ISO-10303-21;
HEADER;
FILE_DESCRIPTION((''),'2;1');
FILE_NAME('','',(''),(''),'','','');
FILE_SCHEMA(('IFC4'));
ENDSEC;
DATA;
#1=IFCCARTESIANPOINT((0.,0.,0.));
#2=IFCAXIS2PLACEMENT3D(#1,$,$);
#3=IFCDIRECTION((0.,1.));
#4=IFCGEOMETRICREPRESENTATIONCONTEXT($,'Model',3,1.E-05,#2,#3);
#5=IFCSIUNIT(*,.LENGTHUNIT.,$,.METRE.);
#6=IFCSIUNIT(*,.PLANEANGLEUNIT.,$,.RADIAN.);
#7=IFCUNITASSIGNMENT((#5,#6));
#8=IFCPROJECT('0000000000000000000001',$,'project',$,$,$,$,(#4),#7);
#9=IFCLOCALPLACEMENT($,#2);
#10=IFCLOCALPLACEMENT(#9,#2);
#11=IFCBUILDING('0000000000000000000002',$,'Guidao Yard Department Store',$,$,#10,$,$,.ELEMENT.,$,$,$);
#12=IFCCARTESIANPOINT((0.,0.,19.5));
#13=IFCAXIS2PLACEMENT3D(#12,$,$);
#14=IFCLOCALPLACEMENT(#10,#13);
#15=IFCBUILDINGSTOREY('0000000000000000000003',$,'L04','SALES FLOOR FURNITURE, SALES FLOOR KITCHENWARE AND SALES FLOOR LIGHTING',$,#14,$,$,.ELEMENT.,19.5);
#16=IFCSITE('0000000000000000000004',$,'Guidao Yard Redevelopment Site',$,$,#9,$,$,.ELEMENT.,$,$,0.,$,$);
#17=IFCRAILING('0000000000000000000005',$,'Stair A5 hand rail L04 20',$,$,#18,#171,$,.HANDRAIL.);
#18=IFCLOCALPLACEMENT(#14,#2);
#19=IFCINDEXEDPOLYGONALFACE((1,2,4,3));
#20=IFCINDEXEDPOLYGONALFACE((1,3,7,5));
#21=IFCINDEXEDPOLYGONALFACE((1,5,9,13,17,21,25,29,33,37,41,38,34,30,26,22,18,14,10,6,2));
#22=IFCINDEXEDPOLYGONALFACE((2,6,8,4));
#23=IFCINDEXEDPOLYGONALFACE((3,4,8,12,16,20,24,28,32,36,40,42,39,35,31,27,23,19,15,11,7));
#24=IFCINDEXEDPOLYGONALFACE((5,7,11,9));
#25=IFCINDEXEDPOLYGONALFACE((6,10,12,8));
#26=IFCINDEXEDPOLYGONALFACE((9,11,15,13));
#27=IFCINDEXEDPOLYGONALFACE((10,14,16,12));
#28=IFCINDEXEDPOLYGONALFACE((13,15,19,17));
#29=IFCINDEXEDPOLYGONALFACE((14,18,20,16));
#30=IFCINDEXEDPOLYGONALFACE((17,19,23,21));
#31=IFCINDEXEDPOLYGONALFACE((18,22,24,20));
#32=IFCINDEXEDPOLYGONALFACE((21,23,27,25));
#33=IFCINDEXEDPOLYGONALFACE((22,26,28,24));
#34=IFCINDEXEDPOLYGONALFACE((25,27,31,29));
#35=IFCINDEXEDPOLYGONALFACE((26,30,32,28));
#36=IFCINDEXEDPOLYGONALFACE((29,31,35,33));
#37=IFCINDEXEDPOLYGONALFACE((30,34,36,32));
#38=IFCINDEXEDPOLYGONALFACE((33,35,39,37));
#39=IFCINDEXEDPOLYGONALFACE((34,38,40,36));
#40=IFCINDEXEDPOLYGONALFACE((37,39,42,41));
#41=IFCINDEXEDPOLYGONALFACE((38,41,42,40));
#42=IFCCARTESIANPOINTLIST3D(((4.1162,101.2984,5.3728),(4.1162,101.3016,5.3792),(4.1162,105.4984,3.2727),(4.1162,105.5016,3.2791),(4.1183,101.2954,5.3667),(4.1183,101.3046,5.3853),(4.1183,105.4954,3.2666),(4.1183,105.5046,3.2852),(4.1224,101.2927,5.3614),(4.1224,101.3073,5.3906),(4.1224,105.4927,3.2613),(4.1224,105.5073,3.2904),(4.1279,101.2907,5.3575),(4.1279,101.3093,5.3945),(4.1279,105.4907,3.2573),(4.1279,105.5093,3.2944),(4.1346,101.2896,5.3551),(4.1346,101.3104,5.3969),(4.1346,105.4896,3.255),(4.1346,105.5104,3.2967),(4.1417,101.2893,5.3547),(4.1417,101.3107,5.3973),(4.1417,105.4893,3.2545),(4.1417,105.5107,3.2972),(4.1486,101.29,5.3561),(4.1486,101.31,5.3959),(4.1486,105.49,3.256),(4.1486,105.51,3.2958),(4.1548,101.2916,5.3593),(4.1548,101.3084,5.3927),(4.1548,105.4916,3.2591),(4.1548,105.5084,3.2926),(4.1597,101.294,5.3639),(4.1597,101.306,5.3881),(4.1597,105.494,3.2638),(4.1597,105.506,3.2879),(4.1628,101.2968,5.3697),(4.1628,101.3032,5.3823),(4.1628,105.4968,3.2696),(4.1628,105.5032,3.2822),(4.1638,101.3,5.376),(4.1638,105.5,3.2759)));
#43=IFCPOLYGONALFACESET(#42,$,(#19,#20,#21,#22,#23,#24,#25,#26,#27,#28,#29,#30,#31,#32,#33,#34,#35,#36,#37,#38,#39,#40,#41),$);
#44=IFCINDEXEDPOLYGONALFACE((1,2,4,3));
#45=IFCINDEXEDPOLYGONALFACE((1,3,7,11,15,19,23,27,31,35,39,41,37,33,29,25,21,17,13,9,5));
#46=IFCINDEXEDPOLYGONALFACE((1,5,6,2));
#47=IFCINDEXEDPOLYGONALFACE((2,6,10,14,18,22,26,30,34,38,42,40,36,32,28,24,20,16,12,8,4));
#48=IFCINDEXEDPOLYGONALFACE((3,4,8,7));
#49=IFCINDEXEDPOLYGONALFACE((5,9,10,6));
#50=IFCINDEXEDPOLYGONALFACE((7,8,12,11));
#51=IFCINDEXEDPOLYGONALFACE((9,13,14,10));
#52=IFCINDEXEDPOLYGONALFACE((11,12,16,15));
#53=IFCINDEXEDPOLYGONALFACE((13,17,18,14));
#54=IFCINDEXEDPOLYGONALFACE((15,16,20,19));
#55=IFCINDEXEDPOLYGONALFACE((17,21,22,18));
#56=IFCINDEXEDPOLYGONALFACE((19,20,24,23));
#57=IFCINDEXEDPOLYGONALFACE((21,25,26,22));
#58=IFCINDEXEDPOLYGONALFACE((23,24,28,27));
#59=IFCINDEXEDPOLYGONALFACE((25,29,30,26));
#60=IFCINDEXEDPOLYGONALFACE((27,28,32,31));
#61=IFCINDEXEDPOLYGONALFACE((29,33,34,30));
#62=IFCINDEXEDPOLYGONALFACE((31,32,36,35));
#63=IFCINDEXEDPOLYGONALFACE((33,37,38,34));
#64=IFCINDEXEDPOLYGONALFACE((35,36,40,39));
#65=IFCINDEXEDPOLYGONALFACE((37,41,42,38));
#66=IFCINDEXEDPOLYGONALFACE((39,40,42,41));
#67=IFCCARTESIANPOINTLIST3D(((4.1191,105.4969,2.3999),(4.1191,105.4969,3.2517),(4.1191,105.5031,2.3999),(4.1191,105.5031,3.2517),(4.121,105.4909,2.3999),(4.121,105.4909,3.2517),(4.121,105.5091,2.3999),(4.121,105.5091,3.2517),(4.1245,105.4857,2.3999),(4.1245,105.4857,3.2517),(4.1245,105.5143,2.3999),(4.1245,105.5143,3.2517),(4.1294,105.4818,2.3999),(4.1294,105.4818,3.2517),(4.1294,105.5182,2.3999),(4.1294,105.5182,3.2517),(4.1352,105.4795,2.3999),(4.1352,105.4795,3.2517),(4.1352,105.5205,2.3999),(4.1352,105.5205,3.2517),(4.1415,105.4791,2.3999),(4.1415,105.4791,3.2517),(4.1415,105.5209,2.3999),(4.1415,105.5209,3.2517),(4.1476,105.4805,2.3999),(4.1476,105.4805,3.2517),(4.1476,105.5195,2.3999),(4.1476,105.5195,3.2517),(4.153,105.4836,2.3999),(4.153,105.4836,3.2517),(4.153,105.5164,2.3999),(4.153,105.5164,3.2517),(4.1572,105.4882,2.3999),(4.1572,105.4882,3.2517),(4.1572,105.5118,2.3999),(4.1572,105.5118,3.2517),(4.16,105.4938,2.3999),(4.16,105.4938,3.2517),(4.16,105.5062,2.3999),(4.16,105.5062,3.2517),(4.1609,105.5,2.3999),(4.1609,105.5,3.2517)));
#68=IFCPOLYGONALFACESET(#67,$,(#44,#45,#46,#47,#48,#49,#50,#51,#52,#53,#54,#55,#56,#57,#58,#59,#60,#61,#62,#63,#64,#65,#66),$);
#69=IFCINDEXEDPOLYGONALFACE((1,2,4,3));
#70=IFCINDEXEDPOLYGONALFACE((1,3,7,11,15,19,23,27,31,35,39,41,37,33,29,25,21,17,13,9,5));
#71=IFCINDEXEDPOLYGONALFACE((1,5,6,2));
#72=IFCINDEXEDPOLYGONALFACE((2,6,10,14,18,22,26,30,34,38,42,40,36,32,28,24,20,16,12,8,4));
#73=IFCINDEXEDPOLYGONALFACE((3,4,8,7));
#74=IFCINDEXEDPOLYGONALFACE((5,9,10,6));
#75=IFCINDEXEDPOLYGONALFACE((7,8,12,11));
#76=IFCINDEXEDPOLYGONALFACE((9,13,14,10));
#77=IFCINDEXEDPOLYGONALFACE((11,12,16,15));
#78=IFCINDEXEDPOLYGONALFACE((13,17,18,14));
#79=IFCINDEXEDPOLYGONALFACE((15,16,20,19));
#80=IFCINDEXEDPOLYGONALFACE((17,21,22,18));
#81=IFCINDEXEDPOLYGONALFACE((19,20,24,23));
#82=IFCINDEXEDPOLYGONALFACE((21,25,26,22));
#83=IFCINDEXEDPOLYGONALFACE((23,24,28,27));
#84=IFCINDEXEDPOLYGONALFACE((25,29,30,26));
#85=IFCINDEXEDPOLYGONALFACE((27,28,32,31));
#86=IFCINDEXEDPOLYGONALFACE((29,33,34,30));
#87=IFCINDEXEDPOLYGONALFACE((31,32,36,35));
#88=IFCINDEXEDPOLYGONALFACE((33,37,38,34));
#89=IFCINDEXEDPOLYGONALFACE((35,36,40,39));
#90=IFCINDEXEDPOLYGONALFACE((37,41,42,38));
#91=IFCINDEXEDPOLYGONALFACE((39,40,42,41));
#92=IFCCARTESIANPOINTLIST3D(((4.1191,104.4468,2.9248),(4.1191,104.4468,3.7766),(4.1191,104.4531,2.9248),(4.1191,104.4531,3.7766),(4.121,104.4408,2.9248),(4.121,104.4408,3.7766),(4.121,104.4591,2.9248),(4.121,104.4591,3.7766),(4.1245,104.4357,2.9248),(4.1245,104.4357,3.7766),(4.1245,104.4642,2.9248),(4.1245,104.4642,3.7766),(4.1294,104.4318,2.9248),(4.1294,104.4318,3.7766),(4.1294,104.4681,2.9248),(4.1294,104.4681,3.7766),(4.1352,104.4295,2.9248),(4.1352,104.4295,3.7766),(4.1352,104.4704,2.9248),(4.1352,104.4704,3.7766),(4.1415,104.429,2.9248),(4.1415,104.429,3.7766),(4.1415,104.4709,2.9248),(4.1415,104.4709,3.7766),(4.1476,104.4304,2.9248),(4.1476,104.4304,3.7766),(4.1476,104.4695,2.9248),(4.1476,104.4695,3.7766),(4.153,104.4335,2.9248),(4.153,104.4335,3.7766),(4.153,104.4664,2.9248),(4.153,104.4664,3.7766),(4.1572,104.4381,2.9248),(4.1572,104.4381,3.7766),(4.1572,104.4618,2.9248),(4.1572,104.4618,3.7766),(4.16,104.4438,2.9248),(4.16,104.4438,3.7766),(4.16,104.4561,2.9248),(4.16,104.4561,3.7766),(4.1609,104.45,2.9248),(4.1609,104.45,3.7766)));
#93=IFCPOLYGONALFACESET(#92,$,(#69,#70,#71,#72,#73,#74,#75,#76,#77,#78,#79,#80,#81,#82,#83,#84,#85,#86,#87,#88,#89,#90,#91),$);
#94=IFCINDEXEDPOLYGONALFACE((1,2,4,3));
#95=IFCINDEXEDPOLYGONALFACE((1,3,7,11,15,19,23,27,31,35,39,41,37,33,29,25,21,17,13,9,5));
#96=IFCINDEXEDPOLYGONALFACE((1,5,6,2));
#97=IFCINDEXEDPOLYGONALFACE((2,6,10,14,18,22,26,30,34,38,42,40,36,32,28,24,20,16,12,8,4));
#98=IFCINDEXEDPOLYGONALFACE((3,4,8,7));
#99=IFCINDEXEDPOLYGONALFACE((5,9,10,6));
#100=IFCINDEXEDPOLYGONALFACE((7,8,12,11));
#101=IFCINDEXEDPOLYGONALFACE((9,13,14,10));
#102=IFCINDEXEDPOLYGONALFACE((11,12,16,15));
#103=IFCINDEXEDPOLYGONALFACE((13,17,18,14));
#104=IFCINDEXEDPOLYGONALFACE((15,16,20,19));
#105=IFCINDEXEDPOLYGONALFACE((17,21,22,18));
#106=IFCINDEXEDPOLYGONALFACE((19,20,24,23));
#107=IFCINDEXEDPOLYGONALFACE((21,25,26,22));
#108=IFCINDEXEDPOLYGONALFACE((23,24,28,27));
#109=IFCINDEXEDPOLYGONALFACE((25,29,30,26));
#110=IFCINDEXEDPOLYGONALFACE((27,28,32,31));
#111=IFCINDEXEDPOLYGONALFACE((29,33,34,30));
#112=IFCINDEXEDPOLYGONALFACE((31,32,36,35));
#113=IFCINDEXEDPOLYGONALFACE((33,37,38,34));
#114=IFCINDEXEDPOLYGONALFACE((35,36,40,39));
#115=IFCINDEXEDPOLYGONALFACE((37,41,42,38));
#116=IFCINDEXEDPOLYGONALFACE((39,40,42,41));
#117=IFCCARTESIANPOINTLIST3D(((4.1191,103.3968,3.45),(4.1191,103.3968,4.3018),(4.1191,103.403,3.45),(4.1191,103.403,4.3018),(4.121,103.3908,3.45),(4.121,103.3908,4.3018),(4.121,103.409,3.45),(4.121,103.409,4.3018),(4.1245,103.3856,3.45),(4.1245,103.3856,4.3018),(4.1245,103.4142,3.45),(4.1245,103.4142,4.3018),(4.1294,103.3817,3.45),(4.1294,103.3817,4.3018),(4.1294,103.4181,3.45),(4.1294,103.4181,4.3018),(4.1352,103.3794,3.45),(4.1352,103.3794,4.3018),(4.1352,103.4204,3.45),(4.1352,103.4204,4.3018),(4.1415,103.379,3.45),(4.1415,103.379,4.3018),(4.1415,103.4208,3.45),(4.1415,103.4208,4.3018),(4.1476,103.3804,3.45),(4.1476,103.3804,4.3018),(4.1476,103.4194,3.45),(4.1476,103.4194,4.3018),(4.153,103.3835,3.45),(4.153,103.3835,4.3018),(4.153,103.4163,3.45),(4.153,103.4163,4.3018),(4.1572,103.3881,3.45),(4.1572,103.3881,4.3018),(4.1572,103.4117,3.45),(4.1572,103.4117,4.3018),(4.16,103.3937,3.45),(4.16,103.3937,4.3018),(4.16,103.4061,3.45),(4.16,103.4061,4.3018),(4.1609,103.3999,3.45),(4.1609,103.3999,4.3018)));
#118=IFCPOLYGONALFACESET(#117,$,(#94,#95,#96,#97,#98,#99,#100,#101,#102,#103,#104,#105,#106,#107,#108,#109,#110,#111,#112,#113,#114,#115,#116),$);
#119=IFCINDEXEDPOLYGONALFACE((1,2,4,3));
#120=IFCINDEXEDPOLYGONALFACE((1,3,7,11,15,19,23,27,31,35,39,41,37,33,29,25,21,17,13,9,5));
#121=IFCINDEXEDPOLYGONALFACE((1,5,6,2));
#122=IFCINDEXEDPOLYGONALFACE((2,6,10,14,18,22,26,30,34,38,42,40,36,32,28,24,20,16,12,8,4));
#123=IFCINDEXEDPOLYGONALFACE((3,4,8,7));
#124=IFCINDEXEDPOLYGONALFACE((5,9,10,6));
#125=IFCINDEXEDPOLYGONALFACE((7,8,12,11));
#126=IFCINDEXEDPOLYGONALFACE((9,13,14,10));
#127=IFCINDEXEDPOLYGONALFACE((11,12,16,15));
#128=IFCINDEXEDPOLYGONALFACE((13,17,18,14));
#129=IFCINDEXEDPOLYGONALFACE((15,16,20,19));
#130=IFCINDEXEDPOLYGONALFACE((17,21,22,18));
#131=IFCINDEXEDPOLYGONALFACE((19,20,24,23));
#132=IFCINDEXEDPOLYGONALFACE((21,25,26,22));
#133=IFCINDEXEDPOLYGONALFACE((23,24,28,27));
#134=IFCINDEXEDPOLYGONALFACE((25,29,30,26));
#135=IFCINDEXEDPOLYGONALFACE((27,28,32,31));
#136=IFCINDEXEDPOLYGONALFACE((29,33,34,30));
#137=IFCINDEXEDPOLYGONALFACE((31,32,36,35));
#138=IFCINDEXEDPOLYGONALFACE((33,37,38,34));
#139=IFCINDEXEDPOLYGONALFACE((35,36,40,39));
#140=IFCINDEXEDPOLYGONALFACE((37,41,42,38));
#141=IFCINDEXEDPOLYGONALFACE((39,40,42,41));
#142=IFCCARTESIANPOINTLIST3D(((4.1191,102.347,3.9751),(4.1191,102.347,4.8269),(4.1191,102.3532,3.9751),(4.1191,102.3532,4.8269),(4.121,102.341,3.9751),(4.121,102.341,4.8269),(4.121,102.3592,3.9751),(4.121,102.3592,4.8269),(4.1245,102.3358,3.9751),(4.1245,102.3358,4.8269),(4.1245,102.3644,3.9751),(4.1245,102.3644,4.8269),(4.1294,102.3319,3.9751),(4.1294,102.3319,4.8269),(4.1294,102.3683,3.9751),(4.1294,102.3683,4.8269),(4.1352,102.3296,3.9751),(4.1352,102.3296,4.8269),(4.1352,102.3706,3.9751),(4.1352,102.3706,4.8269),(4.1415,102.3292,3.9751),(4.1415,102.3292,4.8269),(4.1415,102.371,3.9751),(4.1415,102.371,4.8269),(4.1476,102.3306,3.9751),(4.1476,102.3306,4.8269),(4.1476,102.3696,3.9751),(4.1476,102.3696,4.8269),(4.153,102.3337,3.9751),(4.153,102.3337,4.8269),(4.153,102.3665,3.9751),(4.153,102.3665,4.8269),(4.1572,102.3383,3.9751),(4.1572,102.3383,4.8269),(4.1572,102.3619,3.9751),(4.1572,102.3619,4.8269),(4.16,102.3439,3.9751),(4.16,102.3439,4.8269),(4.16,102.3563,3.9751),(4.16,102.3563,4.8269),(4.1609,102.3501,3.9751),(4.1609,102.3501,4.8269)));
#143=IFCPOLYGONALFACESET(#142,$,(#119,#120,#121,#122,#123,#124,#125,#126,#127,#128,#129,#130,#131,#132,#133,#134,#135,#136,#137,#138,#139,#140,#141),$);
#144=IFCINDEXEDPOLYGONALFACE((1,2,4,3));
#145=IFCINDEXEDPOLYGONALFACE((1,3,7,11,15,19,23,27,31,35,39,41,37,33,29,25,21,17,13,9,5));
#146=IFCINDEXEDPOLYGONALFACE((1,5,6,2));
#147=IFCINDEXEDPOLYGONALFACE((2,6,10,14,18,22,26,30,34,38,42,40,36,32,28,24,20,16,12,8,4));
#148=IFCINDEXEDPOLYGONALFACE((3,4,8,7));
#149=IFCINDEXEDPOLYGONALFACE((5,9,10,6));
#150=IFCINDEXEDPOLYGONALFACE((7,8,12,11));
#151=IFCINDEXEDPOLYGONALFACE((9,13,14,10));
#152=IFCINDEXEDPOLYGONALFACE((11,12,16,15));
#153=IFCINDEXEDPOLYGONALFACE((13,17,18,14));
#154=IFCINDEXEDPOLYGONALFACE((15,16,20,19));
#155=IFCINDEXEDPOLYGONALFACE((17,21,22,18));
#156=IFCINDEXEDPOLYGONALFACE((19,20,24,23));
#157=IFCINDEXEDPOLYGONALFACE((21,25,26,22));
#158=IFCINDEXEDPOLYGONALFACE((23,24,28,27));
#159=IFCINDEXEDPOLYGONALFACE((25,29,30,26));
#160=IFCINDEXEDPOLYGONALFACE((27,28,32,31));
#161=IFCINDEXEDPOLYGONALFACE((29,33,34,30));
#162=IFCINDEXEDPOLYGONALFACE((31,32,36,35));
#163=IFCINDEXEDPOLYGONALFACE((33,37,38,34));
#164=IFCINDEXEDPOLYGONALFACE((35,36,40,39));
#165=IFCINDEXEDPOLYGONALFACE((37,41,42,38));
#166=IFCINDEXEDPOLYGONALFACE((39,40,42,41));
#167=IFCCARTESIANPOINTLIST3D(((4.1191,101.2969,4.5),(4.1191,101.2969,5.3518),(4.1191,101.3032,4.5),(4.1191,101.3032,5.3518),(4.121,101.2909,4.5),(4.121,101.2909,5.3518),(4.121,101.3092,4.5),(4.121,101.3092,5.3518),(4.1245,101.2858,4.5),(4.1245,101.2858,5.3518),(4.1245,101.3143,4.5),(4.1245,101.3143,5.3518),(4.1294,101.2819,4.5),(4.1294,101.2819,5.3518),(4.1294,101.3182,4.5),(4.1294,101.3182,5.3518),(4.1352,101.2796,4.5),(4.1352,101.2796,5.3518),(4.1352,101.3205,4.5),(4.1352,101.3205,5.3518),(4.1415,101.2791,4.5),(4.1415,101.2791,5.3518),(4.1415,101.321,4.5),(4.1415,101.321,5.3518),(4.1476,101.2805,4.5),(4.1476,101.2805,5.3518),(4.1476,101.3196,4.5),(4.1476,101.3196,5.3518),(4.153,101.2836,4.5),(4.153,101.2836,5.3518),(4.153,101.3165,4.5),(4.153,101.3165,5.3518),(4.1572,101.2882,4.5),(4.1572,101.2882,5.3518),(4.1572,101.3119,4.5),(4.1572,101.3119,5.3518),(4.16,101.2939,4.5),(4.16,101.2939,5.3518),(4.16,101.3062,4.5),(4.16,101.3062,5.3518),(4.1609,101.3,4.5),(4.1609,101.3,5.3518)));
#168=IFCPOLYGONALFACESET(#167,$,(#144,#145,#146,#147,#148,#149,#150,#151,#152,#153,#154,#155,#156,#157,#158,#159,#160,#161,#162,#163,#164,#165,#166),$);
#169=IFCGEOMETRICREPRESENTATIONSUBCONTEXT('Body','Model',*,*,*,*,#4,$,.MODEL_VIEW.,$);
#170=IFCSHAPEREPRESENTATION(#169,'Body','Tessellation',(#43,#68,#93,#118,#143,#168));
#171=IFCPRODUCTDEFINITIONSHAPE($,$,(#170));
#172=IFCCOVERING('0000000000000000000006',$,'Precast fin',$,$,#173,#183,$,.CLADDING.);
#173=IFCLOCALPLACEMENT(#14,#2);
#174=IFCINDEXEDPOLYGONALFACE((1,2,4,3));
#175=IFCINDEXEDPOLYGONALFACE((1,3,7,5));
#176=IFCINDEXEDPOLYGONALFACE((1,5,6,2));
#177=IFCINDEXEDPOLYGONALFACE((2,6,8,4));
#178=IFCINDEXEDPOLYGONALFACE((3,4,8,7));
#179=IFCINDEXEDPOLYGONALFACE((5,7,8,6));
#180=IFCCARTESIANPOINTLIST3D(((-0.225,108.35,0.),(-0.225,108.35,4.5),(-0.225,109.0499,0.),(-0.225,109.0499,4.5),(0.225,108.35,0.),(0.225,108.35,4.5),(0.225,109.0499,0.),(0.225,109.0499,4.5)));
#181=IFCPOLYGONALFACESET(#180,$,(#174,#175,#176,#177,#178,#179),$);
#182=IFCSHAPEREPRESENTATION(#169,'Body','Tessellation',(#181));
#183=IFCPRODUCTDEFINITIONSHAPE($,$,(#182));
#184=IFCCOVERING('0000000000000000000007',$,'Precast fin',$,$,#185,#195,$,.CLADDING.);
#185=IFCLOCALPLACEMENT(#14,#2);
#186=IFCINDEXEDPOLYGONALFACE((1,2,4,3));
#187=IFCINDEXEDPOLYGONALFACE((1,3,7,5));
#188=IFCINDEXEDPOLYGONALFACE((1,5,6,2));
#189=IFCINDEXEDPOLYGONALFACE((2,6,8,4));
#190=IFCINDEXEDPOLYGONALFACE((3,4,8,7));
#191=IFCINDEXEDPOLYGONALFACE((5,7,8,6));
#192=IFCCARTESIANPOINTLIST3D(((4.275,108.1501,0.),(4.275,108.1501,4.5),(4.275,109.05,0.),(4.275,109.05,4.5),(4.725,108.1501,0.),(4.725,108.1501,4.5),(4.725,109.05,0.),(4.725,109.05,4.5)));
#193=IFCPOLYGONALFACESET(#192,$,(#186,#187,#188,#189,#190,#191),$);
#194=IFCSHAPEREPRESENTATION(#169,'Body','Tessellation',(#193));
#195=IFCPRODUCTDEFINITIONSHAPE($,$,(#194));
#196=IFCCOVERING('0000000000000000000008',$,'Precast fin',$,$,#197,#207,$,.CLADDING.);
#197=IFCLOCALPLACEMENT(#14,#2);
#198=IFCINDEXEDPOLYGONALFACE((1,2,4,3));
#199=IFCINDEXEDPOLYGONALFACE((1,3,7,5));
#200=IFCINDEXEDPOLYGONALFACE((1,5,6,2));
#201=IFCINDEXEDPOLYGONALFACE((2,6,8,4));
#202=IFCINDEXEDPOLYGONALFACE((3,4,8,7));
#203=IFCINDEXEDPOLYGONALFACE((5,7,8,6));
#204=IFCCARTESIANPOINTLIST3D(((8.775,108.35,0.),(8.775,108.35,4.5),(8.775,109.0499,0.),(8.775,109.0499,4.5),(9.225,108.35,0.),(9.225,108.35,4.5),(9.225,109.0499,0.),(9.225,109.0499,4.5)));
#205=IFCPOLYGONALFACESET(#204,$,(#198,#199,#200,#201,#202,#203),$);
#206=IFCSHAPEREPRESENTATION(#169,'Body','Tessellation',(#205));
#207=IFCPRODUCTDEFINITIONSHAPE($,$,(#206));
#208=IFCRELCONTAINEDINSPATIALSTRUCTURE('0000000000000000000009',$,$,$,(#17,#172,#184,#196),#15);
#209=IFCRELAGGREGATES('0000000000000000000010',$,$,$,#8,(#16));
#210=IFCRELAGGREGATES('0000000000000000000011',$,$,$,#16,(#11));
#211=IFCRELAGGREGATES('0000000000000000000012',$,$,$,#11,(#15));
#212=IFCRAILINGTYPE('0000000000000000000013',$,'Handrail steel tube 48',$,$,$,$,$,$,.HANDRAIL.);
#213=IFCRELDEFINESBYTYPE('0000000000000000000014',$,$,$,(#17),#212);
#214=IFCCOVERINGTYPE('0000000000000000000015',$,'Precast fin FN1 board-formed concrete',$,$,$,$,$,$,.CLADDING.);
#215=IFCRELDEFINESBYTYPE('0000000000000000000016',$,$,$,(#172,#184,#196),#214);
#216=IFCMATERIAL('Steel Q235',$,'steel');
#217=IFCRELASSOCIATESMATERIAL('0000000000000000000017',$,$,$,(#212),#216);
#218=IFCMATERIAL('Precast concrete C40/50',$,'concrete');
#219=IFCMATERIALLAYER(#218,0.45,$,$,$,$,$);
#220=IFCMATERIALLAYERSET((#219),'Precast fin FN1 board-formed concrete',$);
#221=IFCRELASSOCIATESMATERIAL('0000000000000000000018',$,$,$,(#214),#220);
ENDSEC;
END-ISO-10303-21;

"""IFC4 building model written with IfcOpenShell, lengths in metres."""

from ifc_helpers import new_model, si_unit, direction, frame, origin, origin_2d, place, context, subcontext, project, spatial, rectangle, circle, extrude, material, layer, layer_set, type_object, element, save


model = new_model("IFC4")

# Units and contexts
model_context = context("Model", 3, precision=1e-05, world=origin(), true_north=direction((0.0, 1.0)))
body_context = subcontext(model_context, "Body", "Model", "MODEL_VIEW")
ifc_project = project(units=[si_unit("LENGTHUNIT", "METRE"), si_unit("PLANEANGLEUNIT", "RADIAN")], contexts=[model_context])

# Site, building, storey
site_placement = place(None, origin())
site = spatial("IfcSite", under=ifc_project, at=site_placement, Name="Guidao Yard Redevelopment Site", CompositionType="ELEMENT", RefElevation=0.0)
building_placement = place(site_placement, origin())
building = spatial("IfcBuilding", under=site, at=building_placement, Name="Guidao Yard Department Store", CompositionType="ELEMENT")
storey_placement = place(building_placement, frame((0.0, 0.0, 19.5)))
storey = spatial("IfcBuildingStorey", under=building, at=storey_placement, Name="L04", Description="SALES FLOOR FURNITURE, SALES FLOOR KITCHENWARE AND SALES FLOOR LIGHTING", CompositionType="ELEMENT", Elevation=19.5)

# Railing
ifc_material_1 = material(Name="Steel Q235", Category="steel")
railing_type_1 = type_object("IfcRailingType", Name="Handrail steel tube 48", PredefinedType="HANDRAIL", material=ifc_material_1)
for number, where, name in (
    (1, (4.1399, 105.5, 2.3999), "Stair A5 hand rail L04 20"),
):
    element("IfcRailing", number, at=place(storey_placement, frame(where)), inside=storey, type_object=railing_type_1, Name=name, PredefinedType="HANDRAIL", context=body_context, shape_type="SweptSolid", body=[
        extrude(circle(Radius=0.0239, at=origin_2d()), frame((0.0, 0.0, 0.876), z_axis=(0.0, -0.894417, 0.447234), x_axis=(1.0, 0.0, 0.0)), (0.0, 0.0, 1.0), 4.6958),
        extrude(circle(Radius=0.021, at=origin_2d()), origin(), (0.0, 0.0, 1.0), 0.8518),
        extrude(circle(Radius=0.021, at=origin_2d()), frame((0.0, -1.05, 0.5249)), (0.0, 0.0, 1.0), 0.8518),
        extrude(circle(Radius=0.021, at=origin_2d()), frame((0.0, -2.1001, 1.05)), (0.0, 0.0, 1.0), 0.8518),
        extrude(circle(Radius=0.021, at=origin_2d()), frame((0.0, -3.1499, 1.5752)), (0.0, 0.0, 1.0), 0.8518),
        extrude(circle(Radius=0.021, at=origin_2d()), frame((0.0, -4.2, 2.1001)), (0.0, 0.0, 1.0), 0.8518),
    ])

# Coverings
ifc_material_2 = material(Name="Precast concrete C40/50", Category="concrete")
ifc_layer_1 = layer(ifc_material_2, 0.45)
ifc_layer_set_1 = layer_set([ifc_layer_1], Name="Precast fin FN1 board-formed concrete")
covering_type = type_object("IfcCoveringType", Name="Precast fin FN1 board-formed concrete", PredefinedType="CLADDING", material=ifc_layer_set_1)
covering_1_placement = place(storey_placement, frame((0.0, 108.7, 0.0), z_axis=(0.0, 0.0, 1.0), x_axis=(1.0, 0.0, 0.0)))
element("IfcCovering", 2, at=covering_1_placement, inside=storey, type_object=covering_type, Name="Precast fin", PredefinedType="CLADDING", context=body_context, shape_type="SweptSolid", body=[
    extrude(rectangle(XDim=0.45, YDim=0.7, at=origin_2d()), origin(), (0.0, 0.0, 1.0), 4.5),
])
covering_2_placement = place(storey_placement, frame((4.5, 108.6001, 0.0), z_axis=(0.0, 0.0, 1.0), x_axis=(1.0, 0.0, 0.0)))
element("IfcCovering", 3, at=covering_2_placement, inside=storey, type_object=covering_type, Name="Precast fin", PredefinedType="CLADDING", context=body_context, shape_type="SweptSolid", body=[
    extrude(rectangle(XDim=0.45, YDim=0.8999, at=origin_2d()), origin(), (0.0, 0.0, 1.0), 4.5),
])
covering_3_placement = place(storey_placement, frame((9.0, 108.7, 0.0), z_axis=(0.0, 0.0, 1.0), x_axis=(1.0, 0.0, 0.0)))
element("IfcCovering", 4, at=covering_3_placement, inside=storey, type_object=covering_type, Name="Precast fin", PredefinedType="CLADDING", context=body_context, shape_type="SweptSolid", body=[
    extrude(rectangle(XDim=0.45, YDim=0.7, at=origin_2d()), origin(), (0.0, 0.0, 1.0), 4.5),
])

save(model, "model.ifc")
